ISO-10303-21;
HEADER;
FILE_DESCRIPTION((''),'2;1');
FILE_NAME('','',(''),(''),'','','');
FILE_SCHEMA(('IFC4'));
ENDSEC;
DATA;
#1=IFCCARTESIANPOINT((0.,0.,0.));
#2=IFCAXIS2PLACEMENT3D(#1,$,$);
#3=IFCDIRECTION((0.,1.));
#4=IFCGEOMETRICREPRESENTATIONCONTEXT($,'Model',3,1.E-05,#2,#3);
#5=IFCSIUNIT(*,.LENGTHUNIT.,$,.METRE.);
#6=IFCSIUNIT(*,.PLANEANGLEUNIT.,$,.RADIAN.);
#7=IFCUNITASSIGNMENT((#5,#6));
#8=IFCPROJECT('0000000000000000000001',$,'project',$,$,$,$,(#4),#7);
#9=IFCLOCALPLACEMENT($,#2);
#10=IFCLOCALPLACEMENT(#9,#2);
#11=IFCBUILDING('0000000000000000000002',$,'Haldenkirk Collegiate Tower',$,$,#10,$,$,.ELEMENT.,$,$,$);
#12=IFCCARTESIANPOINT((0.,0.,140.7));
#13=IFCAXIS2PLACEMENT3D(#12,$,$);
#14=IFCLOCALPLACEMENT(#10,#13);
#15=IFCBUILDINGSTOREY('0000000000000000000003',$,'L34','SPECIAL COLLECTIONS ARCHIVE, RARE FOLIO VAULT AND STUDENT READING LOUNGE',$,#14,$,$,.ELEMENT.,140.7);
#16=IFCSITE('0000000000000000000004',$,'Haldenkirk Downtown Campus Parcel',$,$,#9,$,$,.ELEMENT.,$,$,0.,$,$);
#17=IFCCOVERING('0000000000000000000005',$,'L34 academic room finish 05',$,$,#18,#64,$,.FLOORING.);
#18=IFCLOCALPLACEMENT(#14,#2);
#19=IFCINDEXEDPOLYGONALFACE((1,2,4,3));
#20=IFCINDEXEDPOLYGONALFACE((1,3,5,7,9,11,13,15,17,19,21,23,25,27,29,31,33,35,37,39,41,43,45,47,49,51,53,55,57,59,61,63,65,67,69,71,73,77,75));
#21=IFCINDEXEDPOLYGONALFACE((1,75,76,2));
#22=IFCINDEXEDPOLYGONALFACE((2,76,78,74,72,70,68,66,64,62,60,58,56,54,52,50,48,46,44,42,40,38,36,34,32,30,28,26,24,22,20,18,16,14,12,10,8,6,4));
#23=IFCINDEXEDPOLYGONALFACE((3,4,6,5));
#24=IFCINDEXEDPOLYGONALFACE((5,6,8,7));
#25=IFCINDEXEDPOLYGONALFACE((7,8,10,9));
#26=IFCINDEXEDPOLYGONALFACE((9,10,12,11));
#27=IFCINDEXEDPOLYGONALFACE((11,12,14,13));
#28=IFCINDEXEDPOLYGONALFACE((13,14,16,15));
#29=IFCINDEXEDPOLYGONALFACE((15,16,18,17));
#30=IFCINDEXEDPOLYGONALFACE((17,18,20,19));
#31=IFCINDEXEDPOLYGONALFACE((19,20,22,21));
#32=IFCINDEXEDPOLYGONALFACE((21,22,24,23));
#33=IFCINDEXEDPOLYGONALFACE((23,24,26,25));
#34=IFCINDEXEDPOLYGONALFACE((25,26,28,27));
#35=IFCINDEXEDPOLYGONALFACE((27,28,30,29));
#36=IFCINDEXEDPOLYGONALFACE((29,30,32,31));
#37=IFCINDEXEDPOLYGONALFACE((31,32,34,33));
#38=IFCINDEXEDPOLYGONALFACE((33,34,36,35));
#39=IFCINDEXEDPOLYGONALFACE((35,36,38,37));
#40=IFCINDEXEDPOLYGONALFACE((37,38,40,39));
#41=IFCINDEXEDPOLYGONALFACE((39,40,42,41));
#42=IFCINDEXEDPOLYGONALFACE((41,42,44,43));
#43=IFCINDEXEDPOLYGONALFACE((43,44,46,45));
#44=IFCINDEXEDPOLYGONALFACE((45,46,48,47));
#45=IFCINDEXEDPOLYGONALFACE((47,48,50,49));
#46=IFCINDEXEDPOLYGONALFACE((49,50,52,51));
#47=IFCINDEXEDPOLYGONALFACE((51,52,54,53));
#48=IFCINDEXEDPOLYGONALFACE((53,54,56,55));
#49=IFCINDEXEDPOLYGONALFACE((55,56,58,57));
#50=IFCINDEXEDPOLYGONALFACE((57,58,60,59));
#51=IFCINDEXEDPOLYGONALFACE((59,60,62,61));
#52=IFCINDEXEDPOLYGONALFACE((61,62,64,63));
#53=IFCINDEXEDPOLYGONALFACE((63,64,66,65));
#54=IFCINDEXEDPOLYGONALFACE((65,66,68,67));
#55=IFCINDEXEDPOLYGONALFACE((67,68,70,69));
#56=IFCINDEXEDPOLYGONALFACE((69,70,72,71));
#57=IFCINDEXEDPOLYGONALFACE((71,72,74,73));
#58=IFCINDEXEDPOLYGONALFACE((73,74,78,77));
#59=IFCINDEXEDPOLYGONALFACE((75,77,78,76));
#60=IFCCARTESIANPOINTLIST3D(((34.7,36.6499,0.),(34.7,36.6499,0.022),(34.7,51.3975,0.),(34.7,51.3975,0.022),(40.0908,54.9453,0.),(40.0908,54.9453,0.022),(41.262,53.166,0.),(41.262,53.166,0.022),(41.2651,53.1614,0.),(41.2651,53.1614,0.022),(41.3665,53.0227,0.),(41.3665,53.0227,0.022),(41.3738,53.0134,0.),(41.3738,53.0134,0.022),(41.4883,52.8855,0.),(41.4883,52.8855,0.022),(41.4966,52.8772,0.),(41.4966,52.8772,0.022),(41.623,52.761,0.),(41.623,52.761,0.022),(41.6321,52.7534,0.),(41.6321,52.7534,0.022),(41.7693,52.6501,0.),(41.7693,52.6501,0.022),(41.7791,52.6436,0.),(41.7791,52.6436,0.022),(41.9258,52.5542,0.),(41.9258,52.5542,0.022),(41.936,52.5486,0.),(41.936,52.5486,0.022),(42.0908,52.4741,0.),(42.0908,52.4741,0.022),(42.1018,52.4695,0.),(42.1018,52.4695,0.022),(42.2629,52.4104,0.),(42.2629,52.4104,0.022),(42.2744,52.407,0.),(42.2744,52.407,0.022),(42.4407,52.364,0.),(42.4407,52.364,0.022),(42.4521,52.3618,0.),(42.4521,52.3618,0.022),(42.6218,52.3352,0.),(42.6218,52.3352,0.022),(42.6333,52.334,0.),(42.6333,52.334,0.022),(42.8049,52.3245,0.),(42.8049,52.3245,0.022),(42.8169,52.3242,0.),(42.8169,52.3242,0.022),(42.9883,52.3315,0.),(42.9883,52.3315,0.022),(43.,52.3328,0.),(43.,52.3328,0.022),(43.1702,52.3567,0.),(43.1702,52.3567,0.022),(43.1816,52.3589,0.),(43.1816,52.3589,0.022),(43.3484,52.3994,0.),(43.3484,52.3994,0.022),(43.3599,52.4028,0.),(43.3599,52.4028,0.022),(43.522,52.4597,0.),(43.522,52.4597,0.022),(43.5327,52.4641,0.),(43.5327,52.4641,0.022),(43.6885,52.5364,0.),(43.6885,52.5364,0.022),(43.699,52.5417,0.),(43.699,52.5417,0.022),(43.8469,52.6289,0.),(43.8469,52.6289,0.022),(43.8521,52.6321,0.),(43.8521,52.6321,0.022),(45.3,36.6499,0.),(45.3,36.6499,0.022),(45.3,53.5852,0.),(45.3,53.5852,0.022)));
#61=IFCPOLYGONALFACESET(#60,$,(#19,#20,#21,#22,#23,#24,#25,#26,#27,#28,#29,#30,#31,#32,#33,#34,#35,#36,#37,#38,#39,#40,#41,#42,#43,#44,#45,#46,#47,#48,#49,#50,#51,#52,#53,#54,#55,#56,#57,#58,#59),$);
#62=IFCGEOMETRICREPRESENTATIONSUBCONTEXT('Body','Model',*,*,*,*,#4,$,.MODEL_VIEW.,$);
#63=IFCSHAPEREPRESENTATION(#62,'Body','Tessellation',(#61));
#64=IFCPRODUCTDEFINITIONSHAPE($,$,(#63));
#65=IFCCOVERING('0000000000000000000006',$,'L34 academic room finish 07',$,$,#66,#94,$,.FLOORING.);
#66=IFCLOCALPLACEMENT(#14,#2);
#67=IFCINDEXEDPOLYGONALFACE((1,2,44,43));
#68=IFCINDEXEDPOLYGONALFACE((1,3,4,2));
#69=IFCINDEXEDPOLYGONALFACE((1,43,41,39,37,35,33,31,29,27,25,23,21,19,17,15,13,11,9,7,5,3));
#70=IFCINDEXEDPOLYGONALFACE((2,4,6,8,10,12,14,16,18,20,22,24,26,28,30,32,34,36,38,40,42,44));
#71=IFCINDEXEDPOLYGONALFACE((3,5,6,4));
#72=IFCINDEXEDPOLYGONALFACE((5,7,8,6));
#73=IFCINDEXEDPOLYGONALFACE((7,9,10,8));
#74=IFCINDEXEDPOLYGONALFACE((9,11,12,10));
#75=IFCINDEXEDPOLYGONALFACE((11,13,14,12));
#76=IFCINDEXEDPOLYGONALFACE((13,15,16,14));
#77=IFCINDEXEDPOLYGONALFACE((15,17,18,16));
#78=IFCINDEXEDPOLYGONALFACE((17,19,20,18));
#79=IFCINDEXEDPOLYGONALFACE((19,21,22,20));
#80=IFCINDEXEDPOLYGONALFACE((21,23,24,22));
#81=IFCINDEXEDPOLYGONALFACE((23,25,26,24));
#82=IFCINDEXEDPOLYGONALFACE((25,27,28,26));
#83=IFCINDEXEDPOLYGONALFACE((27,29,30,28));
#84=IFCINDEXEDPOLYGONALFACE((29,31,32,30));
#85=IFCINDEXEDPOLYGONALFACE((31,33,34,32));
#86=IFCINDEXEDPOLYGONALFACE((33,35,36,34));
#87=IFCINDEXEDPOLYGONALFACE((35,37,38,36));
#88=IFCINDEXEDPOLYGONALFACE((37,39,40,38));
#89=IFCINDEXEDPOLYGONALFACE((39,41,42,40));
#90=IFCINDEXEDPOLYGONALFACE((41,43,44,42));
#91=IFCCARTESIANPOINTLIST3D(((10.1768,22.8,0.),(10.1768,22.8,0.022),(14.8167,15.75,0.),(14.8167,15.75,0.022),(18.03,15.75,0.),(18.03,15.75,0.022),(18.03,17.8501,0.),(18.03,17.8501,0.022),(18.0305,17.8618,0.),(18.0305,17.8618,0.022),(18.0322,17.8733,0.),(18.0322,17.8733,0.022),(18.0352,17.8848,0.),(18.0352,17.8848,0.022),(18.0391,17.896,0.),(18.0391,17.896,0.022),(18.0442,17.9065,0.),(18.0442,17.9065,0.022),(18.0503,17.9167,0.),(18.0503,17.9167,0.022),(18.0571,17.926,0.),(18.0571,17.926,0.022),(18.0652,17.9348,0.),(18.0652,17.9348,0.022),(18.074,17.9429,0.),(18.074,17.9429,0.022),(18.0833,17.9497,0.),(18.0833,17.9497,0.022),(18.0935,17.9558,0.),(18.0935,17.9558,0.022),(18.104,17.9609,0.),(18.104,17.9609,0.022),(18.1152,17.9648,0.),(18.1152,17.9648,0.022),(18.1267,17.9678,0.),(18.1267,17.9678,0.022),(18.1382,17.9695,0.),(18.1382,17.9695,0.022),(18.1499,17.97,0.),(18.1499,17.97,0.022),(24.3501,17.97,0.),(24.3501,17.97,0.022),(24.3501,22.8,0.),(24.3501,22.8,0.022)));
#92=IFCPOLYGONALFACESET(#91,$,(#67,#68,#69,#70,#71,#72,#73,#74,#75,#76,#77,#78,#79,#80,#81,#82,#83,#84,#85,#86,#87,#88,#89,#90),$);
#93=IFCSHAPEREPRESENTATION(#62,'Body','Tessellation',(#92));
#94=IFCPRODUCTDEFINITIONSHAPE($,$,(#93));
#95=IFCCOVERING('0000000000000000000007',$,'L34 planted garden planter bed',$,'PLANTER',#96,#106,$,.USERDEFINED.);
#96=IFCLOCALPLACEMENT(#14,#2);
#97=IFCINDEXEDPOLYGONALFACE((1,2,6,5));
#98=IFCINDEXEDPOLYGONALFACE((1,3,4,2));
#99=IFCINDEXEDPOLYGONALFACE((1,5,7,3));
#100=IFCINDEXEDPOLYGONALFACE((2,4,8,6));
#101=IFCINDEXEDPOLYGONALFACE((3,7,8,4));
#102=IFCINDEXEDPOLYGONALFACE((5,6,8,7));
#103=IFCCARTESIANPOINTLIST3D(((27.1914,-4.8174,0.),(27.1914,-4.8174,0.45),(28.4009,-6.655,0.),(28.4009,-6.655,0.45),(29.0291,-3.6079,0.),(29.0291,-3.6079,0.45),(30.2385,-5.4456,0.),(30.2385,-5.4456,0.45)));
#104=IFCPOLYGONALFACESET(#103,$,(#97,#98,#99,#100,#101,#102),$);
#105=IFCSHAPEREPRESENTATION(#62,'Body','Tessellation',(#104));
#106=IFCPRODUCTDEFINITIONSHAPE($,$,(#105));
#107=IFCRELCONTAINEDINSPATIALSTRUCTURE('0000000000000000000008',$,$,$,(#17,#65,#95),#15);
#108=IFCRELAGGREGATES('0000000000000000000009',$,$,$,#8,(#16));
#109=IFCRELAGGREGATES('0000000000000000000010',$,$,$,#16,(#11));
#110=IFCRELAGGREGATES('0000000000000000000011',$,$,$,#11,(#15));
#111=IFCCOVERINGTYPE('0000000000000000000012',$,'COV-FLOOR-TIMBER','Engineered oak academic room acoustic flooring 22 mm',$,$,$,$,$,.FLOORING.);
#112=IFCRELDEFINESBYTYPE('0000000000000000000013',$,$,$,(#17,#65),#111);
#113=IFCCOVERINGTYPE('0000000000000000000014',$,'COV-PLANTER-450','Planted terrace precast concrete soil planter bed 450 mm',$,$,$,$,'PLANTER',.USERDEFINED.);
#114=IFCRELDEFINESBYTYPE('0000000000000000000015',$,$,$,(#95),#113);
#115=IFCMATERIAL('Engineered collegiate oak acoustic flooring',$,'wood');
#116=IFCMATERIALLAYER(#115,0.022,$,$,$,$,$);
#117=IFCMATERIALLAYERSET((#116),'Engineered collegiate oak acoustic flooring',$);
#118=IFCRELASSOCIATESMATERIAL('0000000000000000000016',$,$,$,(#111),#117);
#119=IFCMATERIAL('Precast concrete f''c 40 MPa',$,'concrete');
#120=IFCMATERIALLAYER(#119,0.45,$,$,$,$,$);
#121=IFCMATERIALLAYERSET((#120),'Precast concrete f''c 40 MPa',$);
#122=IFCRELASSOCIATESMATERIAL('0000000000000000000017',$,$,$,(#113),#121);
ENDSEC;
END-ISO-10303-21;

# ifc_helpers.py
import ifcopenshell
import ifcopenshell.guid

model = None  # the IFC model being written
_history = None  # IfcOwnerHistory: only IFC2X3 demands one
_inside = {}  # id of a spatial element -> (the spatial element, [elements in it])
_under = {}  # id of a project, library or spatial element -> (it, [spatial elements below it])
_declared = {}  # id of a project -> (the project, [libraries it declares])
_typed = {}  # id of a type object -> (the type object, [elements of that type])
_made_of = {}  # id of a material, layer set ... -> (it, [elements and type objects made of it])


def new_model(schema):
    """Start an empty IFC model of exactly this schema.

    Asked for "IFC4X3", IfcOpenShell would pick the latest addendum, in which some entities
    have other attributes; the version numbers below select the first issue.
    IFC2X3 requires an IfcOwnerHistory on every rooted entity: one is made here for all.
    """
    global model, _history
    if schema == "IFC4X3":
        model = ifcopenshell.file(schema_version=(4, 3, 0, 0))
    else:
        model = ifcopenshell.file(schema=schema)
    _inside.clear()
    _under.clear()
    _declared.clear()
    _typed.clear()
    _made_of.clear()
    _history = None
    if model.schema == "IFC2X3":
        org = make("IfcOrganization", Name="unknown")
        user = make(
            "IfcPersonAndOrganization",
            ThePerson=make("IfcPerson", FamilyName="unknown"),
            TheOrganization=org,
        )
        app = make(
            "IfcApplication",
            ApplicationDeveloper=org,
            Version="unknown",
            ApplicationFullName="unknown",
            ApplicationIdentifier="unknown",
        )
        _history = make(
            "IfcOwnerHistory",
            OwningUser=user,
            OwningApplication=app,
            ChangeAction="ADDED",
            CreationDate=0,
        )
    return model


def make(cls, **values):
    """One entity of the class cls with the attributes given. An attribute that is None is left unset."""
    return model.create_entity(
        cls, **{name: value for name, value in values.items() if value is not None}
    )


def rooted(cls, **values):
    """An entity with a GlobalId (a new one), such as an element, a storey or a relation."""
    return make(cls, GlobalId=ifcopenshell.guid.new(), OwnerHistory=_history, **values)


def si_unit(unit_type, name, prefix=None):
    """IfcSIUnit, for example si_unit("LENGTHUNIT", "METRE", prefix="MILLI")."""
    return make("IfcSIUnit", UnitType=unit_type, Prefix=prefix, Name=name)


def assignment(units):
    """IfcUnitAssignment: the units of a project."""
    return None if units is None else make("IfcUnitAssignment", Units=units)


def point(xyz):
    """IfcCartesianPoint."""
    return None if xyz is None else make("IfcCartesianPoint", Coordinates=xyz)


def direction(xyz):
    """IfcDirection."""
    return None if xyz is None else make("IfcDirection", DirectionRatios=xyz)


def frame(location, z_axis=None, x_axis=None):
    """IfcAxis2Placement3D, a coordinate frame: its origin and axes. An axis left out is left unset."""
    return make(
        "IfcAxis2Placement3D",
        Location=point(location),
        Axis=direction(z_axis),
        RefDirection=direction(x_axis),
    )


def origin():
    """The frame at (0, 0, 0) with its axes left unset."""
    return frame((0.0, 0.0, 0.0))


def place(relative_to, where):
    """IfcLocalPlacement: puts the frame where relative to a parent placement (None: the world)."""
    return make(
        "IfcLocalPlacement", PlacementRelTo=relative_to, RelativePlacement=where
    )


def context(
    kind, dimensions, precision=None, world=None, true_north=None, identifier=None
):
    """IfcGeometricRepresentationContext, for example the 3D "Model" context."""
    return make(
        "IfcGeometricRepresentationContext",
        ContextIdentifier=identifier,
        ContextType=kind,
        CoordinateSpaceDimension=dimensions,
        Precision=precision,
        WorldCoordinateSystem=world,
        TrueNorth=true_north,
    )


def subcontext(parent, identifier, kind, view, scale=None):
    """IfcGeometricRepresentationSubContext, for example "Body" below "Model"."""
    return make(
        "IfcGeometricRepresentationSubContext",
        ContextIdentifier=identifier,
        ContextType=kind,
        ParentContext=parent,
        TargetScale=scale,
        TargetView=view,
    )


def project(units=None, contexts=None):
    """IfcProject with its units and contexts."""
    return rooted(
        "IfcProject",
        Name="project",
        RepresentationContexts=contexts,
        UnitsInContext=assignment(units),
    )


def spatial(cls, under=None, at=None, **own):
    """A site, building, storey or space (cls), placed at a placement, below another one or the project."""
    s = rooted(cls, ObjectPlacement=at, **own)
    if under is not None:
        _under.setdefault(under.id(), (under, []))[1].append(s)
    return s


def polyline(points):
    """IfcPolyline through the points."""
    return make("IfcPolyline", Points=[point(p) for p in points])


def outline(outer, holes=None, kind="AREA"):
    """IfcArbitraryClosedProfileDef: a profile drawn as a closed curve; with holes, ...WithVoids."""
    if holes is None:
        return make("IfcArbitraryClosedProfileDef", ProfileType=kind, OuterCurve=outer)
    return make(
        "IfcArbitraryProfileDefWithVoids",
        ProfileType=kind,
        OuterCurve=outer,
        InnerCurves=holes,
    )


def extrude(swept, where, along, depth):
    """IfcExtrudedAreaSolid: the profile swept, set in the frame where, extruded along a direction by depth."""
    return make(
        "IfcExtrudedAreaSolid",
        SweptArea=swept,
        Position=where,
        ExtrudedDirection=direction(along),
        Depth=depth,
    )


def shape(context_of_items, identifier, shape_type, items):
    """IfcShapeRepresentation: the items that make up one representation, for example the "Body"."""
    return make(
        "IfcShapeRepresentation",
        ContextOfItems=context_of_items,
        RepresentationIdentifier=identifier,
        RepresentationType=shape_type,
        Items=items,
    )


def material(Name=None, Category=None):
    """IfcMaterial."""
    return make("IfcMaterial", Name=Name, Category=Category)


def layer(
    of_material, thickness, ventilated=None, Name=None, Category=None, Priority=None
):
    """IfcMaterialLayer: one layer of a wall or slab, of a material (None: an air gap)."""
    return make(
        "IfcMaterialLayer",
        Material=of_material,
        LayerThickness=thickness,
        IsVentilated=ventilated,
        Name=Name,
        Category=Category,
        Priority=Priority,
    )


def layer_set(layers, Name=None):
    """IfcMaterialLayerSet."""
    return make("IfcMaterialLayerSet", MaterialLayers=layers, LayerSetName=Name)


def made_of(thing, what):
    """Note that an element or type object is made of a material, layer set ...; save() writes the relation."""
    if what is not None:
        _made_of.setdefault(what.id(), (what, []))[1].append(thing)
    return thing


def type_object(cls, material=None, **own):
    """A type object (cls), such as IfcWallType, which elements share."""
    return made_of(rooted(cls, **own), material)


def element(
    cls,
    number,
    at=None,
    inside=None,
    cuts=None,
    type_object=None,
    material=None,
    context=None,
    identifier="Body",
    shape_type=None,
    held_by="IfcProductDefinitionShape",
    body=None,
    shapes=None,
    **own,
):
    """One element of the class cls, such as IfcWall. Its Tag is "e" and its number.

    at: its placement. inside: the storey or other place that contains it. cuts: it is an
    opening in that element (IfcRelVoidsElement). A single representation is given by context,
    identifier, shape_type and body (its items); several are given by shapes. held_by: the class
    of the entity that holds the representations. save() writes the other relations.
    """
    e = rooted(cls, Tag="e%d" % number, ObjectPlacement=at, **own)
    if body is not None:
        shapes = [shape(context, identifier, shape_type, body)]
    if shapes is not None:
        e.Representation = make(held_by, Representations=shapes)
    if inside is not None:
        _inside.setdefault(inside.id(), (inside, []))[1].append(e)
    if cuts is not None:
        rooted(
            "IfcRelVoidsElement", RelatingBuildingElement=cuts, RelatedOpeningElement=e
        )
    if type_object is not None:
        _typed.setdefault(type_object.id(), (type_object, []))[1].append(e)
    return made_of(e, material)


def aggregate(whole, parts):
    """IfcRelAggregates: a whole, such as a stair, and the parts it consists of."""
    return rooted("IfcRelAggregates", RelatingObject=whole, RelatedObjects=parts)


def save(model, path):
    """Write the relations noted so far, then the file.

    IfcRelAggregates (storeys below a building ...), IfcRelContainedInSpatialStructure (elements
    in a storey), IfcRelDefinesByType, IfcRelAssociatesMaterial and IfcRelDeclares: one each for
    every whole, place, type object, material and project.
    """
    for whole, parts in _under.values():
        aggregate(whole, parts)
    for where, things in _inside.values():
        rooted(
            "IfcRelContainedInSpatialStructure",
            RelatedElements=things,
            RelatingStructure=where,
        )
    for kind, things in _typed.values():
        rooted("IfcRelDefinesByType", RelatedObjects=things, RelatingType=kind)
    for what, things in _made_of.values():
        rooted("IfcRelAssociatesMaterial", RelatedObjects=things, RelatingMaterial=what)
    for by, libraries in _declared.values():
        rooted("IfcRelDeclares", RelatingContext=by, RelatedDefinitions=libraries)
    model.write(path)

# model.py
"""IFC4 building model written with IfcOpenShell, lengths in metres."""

from ifc_helpers import new_model, si_unit, direction, frame, origin, place, context, subcontext, project, spatial, polyline, outline, extrude, material, layer, layer_set, type_object, element, save


model = new_model("IFC4")

# Units and contexts
model_context = context("Model", 3, precision=1e-05, world=origin(), true_north=direction((0.0, 1.0)))
body_context = subcontext(model_context, "Body", "Model", "MODEL_VIEW")
ifc_project = project(units=[si_unit("LENGTHUNIT", "METRE"), si_unit("PLANEANGLEUNIT", "RADIAN")], contexts=[model_context])

# Site, building, storey
site_placement = place(None, origin())
site = spatial("IfcSite", under=ifc_project, at=site_placement, Name="Haldenkirk Downtown Campus Parcel", CompositionType="ELEMENT", RefElevation=0.0)
building_placement = place(site_placement, origin())
building = spatial("IfcBuilding", under=site, at=building_placement, Name="Haldenkirk Collegiate Tower", CompositionType="ELEMENT")
storey_placement = place(building_placement, frame((0.0, 0.0, 140.7)))
storey = spatial("IfcBuildingStorey", under=building, at=storey_placement, Name="L34", Description="SPECIAL COLLECTIONS ARCHIVE, RARE FOLIO VAULT AND STUDENT READING LOUNGE", CompositionType="ELEMENT", Elevation=140.7)

# Coverings
ifc_material_1 = material(Name="Engineered collegiate oak acoustic flooring", Category="wood")
ifc_layer_1 = layer(ifc_material_1, 0.022)
ifc_layer_set_1 = layer_set([ifc_layer_1], Name="Engineered collegiate oak acoustic flooring")
covering_type_1 = type_object("IfcCoveringType", Name="COV-FLOOR-TIMBER", Description="Engineered oak academic room acoustic flooring 22 mm", PredefinedType="FLOORING", material=ifc_layer_set_1)
covering_1_placement = place(storey_placement, origin())
element("IfcCovering", 1, at=covering_1_placement, inside=storey, type_object=covering_type_1, Name="L34 academic room finish 05", PredefinedType="FLOORING", context=body_context, shape_type="SweptSolid", body=[
    extrude(outline(polyline([(41.262, 53.166), (41.2651, 53.1614), (41.3665, 53.0227), (41.3738, 53.0134), (41.4883, 52.8855), (41.4966, 52.8772), (41.623, 52.761), (41.6321, 52.7534), (41.7693, 52.6501), (41.7791, 52.6436), (41.9258, 52.5542), (41.936, 52.5486), (42.0908, 52.4741), (42.1018, 52.4695), (42.2629, 52.4104), (42.2744, 52.407), (42.4407, 52.364), (42.4521, 52.3618), (42.6218, 52.3352), (42.6333, 52.334), (42.8049, 52.3245), (42.8169, 52.3242), (42.9883, 52.3315), (43.0, 52.3328), (43.1702, 52.3567), (43.1816, 52.3589), (43.3484, 52.3994), (43.3599, 52.4028), (43.522, 52.4597), (43.5327, 52.4641), (43.6885, 52.5364), (43.699, 52.5417), (43.8469, 52.6289), (43.8521, 52.6321), (45.3, 53.5852), (45.3, 36.6499), (34.7, 36.6499), (34.7, 51.3975), (40.0908, 54.9453), (41.262, 53.166)])), origin(), (0.0, 0.0, 1.0), 0.022),
])
covering_2_placement = place(storey_placement, origin())
element("IfcCovering", 2, at=covering_2_placement, inside=storey, type_object=covering_type_1, Name="L34 academic room finish 07", PredefinedType="FLOORING", context=body_context, shape_type="SweptSolid", body=[
    extrude(outline(polyline([(18.1499, 17.97), (18.1382, 17.9695), (18.1267, 17.9678), (18.1152, 17.9648), (18.104, 17.9609), (18.0935, 17.9558), (18.0833, 17.9497), (18.074, 17.9429), (18.0652, 17.9348), (18.0571, 17.926), (18.0503, 17.9167), (18.0442, 17.9065), (18.0391, 17.896), (18.0352, 17.8848), (18.0322, 17.8733), (18.0305, 17.8618), (18.03, 17.8501), (18.03, 15.75), (14.8167, 15.75), (10.1768, 22.8), (24.3501, 22.8), (24.3501, 17.97), (18.1499, 17.97)])), origin(), (0.0, 0.0, 1.0), 0.022),
])
ifc_material_2 = material(Name="Precast concrete f'c 40 MPa", Category="concrete")
ifc_layer_2 = layer(ifc_material_2, 0.45)
ifc_layer_set_2 = layer_set([ifc_layer_2], Name="Precast concrete f'c 40 MPa")
covering_type_2 = type_object("IfcCoveringType", Name="COV-PLANTER-450", Description="Planted terrace precast concrete soil planter bed 450 mm", ElementType="PLANTER", PredefinedType="USERDEFINED", material=ifc_layer_set_2)
covering_3_placement = place(storey_placement, origin())
element("IfcCovering", 3, at=covering_3_placement, inside=storey, type_object=covering_type_2, Name="L34 planted garden planter bed", ObjectType="PLANTER", PredefinedType="USERDEFINED", context=body_context, shape_type="SweptSolid", body=[
    extrude(outline(polyline([(28.4009, -6.655), (27.1914, -4.8174), (29.0291, -3.6079), (30.2385, -5.4456), (28.4009, -6.655)])), origin(), (0.0, 0.0, 1.0), 0.45),
])

save(model, "model.ifc")
